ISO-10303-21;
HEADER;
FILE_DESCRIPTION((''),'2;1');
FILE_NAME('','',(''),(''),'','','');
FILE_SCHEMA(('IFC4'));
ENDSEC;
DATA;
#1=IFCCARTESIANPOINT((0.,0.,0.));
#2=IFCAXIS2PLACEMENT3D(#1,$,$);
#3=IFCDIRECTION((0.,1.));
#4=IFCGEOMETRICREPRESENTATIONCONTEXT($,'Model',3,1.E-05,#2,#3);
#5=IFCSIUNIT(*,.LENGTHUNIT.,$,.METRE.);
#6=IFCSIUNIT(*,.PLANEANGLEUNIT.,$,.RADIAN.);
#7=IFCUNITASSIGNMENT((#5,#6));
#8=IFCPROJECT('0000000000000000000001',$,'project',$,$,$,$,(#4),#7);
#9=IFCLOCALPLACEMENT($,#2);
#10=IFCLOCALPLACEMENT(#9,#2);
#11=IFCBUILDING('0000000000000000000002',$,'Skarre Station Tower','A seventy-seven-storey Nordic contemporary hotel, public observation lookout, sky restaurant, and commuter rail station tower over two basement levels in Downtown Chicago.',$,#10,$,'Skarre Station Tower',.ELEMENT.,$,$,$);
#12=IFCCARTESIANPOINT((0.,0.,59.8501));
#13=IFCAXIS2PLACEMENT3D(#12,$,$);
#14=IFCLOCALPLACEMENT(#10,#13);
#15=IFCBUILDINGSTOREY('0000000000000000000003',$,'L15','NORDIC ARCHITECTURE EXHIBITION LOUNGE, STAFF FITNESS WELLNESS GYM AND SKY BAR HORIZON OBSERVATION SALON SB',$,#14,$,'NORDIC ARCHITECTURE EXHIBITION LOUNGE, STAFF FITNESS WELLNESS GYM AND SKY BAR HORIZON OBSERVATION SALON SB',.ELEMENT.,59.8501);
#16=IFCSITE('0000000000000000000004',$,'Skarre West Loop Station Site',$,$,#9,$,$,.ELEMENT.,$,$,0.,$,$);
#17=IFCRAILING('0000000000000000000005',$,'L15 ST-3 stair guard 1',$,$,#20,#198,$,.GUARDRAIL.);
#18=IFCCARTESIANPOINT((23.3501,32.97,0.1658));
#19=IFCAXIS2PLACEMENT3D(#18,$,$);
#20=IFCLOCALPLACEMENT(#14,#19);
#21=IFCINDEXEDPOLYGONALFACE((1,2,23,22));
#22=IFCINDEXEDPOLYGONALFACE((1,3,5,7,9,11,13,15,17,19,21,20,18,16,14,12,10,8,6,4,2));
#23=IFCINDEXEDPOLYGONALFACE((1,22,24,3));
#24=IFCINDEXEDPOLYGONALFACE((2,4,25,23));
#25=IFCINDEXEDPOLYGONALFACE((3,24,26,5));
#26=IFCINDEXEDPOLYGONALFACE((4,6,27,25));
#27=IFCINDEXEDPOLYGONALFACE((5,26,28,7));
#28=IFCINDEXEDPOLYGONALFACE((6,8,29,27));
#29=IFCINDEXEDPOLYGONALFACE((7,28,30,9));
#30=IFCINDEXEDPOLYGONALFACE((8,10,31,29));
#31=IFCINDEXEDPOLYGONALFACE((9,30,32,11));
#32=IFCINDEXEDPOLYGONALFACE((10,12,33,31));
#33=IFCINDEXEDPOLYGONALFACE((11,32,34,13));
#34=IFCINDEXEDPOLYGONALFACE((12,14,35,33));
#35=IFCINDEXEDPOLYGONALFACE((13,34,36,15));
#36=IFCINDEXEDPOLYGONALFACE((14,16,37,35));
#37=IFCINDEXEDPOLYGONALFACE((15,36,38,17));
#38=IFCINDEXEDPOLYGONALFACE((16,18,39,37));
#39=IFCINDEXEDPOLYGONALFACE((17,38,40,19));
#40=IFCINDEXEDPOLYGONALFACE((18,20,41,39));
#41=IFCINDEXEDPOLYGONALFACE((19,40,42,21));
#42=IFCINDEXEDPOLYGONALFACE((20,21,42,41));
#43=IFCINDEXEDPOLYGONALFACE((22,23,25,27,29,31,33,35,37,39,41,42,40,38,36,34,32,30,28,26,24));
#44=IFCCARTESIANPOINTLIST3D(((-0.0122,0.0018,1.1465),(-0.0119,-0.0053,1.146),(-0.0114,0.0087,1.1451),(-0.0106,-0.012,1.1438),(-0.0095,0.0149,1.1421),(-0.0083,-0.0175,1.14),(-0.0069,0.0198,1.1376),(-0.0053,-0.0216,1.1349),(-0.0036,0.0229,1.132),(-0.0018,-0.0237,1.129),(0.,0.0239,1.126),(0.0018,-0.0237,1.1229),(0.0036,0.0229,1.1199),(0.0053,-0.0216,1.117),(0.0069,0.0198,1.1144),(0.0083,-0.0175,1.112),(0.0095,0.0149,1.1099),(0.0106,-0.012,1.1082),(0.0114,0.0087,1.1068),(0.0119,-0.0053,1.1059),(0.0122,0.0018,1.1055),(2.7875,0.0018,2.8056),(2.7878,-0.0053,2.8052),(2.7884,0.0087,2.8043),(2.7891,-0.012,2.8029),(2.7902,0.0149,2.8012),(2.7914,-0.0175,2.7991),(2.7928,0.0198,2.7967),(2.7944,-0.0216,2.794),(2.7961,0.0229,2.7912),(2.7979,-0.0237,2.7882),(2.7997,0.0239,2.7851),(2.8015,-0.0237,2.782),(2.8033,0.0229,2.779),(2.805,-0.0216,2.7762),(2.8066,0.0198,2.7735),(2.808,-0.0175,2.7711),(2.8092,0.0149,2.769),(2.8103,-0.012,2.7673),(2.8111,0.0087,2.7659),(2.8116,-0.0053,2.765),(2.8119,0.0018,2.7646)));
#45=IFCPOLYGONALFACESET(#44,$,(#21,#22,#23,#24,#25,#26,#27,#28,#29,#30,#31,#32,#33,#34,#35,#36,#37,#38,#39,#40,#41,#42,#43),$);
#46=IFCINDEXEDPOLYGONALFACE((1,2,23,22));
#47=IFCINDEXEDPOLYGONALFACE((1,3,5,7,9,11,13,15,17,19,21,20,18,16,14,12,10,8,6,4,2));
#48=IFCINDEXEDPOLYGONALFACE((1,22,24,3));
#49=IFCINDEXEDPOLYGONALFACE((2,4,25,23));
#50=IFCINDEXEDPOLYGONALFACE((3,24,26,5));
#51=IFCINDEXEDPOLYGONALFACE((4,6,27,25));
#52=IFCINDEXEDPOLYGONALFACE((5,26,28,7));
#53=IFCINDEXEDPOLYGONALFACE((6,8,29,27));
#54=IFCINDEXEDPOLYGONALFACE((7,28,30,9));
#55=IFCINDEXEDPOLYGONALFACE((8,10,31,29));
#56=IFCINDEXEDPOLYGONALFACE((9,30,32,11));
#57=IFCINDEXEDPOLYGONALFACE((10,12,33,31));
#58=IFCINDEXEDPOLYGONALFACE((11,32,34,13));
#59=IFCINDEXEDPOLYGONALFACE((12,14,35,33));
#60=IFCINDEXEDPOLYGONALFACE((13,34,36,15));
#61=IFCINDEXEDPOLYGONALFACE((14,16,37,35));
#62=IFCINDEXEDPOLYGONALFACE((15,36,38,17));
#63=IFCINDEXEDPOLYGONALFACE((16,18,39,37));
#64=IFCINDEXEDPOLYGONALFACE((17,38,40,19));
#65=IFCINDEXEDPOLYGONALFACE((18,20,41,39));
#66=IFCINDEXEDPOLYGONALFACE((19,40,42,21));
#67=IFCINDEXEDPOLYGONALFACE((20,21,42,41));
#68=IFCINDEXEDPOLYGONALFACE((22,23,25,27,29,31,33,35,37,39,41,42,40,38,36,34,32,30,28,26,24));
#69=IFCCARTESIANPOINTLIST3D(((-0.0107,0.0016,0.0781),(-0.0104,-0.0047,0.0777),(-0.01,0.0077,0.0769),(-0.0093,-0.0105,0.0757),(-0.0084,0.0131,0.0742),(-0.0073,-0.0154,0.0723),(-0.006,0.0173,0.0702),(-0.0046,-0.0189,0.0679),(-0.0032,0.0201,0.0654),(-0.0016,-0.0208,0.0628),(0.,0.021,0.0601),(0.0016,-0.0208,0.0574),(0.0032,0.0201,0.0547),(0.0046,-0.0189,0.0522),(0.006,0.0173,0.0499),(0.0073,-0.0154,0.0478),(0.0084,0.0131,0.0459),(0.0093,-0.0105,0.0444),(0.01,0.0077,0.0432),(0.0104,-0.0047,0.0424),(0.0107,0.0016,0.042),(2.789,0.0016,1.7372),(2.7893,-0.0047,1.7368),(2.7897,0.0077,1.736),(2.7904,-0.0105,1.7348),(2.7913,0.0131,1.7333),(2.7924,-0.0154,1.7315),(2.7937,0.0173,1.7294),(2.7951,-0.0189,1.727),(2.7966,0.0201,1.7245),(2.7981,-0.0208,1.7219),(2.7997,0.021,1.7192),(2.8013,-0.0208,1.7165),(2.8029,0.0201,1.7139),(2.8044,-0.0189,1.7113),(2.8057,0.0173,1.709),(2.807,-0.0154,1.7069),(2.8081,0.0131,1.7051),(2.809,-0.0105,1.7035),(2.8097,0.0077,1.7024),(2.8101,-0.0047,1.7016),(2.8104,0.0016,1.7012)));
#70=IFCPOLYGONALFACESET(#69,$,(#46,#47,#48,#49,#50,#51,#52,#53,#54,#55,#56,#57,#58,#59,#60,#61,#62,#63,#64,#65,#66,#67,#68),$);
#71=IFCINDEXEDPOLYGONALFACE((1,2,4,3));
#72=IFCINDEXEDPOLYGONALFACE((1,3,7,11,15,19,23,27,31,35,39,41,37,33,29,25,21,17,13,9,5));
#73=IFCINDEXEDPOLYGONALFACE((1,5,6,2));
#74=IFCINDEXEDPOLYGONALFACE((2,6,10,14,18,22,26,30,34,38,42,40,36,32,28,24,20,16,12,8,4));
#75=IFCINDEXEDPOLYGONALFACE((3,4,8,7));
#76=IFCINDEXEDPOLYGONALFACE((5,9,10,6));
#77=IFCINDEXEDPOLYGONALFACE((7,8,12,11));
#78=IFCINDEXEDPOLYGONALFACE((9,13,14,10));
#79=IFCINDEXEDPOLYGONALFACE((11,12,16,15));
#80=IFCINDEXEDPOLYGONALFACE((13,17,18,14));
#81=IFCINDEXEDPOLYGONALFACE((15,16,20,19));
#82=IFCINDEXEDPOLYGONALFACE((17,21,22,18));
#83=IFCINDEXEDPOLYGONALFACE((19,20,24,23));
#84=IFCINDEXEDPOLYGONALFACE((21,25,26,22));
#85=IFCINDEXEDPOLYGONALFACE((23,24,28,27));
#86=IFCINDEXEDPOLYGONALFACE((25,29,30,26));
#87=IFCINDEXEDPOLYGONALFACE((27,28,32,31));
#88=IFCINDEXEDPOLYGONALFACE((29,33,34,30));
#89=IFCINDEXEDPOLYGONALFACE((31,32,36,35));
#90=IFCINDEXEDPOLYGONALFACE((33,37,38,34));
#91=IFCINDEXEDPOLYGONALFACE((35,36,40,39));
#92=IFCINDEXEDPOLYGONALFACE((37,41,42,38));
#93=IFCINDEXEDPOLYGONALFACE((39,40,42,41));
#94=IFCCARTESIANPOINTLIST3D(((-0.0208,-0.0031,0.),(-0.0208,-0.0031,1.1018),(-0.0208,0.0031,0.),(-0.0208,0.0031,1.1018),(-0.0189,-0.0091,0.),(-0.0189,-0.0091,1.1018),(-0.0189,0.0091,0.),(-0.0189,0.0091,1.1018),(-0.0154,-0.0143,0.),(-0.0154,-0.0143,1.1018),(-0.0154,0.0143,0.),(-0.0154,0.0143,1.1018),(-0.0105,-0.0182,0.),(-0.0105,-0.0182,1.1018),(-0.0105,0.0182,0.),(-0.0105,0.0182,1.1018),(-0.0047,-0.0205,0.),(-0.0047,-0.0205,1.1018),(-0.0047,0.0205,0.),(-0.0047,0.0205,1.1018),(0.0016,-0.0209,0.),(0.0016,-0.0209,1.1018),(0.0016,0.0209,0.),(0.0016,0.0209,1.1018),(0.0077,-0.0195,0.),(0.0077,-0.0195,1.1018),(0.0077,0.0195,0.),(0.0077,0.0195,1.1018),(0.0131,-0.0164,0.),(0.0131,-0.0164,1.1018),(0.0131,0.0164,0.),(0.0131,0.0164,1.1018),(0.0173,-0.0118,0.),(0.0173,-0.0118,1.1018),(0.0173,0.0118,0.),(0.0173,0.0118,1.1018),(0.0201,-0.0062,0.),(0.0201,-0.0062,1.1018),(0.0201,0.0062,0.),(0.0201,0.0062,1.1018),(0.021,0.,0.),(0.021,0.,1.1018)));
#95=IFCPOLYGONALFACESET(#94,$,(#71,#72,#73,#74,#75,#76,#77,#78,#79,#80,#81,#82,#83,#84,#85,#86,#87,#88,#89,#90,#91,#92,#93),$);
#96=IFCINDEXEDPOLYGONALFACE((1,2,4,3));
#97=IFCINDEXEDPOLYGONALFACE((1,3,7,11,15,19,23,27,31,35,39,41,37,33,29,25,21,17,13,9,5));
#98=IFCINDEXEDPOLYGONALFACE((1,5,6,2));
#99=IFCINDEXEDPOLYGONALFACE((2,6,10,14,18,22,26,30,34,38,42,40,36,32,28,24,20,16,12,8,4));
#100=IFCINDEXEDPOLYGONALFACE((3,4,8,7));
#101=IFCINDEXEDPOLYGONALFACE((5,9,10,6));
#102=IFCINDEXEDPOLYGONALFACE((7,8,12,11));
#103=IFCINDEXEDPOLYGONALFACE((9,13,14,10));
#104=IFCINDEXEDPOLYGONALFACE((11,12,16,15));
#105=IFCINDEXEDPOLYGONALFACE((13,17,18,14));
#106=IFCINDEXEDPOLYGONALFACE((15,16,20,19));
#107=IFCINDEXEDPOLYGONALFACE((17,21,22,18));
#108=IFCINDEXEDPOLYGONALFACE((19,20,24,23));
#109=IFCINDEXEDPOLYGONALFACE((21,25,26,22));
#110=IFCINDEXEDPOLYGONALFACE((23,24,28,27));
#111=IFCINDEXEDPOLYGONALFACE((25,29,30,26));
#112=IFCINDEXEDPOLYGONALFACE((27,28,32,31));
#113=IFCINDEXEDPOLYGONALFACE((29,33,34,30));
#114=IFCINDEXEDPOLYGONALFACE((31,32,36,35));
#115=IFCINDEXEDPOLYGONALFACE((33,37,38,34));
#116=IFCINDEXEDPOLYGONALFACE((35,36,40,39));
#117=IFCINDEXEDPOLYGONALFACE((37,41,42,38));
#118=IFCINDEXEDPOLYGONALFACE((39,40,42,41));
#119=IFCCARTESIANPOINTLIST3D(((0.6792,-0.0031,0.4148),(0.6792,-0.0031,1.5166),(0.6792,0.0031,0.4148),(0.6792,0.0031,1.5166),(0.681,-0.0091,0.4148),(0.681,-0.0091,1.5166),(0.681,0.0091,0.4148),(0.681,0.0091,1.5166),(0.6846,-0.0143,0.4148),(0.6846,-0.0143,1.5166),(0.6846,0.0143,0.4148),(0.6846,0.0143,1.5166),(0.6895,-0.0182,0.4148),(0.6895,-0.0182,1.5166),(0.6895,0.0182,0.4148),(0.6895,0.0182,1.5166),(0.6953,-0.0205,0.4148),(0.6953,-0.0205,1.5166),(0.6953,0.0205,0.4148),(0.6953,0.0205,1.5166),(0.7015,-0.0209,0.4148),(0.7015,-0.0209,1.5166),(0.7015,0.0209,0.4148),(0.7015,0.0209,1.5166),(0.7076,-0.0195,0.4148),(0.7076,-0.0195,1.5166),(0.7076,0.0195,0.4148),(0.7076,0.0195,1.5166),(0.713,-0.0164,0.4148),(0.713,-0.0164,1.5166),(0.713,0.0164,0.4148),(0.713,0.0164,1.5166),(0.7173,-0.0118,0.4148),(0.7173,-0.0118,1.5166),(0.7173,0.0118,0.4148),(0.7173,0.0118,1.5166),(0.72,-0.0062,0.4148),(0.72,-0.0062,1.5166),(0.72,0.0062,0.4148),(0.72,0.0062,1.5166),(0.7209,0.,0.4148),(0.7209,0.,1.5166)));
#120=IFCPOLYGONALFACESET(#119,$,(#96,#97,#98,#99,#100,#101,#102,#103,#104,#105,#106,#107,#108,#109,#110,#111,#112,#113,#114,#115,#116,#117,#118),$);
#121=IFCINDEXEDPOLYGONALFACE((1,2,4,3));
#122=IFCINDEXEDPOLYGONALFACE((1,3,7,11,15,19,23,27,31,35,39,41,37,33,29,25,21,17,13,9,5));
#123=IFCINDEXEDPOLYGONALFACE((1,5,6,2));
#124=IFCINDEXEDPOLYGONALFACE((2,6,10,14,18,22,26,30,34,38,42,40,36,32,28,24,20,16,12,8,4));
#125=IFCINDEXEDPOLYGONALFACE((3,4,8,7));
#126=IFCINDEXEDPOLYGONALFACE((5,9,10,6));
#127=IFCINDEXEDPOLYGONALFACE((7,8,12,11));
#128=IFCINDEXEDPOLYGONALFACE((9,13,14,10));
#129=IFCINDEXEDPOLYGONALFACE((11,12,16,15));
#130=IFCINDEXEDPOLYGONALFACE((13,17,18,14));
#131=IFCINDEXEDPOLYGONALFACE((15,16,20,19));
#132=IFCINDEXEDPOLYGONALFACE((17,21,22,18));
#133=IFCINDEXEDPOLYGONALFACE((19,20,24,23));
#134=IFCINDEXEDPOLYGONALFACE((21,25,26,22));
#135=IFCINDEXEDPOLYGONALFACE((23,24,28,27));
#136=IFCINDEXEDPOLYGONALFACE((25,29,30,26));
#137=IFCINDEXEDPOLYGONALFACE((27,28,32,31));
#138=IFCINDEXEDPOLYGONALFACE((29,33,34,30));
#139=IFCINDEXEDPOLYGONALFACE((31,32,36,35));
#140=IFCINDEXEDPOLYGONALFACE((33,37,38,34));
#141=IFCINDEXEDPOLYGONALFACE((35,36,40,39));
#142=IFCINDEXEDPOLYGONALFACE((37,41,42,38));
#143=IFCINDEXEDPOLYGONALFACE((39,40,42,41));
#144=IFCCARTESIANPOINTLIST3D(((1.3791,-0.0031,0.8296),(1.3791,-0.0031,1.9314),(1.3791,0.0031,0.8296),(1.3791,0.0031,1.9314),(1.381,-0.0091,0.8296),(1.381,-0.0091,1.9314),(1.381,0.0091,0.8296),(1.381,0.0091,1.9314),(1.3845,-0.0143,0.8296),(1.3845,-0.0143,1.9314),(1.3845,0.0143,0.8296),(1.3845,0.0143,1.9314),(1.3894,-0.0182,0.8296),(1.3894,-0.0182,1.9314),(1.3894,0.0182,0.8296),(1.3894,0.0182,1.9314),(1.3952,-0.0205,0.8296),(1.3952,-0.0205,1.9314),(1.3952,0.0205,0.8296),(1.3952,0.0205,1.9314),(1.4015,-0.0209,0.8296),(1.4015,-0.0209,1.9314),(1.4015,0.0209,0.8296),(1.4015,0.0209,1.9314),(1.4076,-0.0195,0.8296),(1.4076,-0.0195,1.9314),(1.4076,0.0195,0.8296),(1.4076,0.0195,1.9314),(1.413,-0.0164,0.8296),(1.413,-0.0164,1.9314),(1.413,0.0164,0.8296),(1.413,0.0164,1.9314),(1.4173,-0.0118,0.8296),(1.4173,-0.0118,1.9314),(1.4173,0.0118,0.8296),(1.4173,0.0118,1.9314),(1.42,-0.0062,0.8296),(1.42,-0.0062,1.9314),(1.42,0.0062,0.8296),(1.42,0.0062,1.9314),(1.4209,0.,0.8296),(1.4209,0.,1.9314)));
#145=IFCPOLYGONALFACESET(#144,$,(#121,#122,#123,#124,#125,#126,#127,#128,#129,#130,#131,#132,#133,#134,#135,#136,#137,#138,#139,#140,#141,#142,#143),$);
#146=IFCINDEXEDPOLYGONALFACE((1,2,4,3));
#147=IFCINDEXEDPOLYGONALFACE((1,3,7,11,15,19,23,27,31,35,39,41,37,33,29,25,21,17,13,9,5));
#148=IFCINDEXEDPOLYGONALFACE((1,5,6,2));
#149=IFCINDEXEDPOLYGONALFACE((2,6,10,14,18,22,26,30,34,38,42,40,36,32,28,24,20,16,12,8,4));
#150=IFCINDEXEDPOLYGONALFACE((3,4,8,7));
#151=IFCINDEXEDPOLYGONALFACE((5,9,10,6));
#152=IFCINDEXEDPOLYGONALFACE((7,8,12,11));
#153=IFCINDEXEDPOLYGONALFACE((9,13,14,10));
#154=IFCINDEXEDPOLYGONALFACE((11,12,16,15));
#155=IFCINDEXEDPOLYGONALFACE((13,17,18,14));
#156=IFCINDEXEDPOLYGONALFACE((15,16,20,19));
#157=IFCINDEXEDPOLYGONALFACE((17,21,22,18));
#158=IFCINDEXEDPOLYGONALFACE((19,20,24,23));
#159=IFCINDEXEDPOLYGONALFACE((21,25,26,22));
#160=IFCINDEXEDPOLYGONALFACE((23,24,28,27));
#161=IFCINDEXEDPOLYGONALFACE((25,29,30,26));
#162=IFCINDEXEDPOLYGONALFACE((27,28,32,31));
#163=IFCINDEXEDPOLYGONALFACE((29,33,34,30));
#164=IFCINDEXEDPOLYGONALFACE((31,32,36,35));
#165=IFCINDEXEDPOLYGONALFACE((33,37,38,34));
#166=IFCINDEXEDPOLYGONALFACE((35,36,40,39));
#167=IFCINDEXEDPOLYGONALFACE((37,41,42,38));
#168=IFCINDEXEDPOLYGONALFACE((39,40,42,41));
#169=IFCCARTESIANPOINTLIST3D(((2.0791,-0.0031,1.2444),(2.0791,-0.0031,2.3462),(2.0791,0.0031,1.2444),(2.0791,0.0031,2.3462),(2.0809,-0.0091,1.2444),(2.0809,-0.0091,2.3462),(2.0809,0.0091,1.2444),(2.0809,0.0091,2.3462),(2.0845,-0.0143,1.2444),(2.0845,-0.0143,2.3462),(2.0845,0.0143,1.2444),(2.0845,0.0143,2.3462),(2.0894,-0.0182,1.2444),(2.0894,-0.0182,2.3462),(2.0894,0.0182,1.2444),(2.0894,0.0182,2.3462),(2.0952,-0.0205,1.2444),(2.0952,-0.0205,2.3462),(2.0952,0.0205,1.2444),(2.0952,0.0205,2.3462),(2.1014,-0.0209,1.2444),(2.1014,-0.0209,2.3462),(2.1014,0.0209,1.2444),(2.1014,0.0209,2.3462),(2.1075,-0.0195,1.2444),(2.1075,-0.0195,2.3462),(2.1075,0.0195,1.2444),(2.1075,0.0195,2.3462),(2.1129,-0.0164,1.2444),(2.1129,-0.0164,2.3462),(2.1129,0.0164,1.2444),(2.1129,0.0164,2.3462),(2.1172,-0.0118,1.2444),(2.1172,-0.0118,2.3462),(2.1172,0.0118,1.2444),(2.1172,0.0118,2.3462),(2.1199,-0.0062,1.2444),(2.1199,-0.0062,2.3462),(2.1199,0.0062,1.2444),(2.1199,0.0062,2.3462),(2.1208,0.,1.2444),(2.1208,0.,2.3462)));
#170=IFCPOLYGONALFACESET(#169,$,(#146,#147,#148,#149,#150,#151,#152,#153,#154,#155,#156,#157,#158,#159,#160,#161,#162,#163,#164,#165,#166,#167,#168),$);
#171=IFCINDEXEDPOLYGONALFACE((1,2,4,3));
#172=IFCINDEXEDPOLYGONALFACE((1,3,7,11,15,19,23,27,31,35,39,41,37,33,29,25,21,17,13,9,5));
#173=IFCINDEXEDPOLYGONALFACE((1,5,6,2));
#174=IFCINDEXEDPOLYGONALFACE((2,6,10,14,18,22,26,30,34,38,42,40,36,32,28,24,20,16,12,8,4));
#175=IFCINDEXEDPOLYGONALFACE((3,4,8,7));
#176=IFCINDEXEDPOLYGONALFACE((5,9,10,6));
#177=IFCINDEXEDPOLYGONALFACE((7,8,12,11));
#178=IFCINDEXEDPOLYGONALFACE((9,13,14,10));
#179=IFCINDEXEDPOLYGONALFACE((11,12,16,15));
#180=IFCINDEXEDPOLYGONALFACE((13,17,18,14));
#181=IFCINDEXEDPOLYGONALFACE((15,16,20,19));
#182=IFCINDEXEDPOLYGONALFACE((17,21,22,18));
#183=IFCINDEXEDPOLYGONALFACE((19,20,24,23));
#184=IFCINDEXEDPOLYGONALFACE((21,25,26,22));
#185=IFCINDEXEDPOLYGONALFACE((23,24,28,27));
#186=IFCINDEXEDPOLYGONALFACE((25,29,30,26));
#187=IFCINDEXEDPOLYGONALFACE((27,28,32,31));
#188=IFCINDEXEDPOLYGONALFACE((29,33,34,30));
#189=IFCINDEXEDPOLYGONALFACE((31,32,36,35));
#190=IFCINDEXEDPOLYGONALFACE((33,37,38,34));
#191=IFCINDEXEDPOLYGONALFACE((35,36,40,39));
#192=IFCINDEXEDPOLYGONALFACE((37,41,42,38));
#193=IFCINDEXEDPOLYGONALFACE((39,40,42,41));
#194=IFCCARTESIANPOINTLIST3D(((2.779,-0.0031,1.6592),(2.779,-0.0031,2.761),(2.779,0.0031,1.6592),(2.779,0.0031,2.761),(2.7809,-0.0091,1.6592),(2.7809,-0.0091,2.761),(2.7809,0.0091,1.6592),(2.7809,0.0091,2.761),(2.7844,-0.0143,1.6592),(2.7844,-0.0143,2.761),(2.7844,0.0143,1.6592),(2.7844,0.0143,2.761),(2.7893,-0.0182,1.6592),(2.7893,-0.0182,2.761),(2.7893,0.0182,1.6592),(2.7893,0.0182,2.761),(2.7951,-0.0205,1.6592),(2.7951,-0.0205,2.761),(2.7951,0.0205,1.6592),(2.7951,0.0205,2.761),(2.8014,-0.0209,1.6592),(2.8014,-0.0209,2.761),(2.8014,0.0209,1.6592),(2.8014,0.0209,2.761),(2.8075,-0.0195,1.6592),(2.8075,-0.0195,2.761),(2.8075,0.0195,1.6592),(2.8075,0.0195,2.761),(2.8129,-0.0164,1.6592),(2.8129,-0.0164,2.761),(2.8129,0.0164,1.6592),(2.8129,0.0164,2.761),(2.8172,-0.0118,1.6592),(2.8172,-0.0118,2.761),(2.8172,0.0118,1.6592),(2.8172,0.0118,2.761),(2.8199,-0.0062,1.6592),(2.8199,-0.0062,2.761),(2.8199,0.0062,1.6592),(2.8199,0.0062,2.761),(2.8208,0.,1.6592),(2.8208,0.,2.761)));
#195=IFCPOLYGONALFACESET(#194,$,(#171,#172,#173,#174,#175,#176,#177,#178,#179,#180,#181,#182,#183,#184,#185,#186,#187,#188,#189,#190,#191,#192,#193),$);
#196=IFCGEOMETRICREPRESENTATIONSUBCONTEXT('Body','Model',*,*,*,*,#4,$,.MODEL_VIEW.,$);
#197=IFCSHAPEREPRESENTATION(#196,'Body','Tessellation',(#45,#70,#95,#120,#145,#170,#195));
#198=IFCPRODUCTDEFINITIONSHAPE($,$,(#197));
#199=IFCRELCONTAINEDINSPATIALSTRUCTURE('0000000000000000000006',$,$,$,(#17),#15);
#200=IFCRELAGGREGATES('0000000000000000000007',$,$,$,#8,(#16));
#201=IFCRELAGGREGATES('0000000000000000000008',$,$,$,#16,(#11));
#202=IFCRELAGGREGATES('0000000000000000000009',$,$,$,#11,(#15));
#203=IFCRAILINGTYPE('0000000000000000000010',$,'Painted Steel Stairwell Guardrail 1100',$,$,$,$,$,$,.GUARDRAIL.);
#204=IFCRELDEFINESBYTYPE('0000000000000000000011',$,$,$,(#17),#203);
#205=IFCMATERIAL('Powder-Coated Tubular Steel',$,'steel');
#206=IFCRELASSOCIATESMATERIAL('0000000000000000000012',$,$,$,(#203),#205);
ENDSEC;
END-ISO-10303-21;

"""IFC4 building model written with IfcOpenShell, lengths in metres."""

from ifc_helpers import new_model, si_unit, direction, frame, origin, origin_2d, place, context, subcontext, project, spatial, circle, extrude, material, type_object, element, save


model = new_model("IFC4")

# Units and contexts
model_context = context("Model", 3, precision=1e-05, world=origin(), true_north=direction((0.0, 1.0)))
body_context = subcontext(model_context, "Body", "Model", "MODEL_VIEW")
ifc_project = project(units=[si_unit("LENGTHUNIT", "METRE"), si_unit("PLANEANGLEUNIT", "RADIAN")], contexts=[model_context])

# Site, building, storey
site_placement = place(None, origin())
site = spatial("IfcSite", under=ifc_project, at=site_placement, Name="Skarre West Loop Station Site", CompositionType="ELEMENT", RefElevation=0.0)
building_placement = place(site_placement, origin())
building = spatial("IfcBuilding", under=site, at=building_placement, Name="Skarre Station Tower", Description="A seventy-seven-storey Nordic contemporary hotel, public observation lookout, sky restaurant, and commuter rail station tower over two basement levels in Downtown Chicago.", LongName="Skarre Station Tower", CompositionType="ELEMENT")
storey_placement = place(building_placement, frame((0.0, 0.0, 59.8501)))
storey = spatial("IfcBuildingStorey", under=building, at=storey_placement, Name="L15", Description="NORDIC ARCHITECTURE EXHIBITION LOUNGE, STAFF FITNESS WELLNESS GYM AND SKY BAR HORIZON OBSERVATION SALON SB", LongName="NORDIC ARCHITECTURE EXHIBITION LOUNGE, STAFF FITNESS WELLNESS GYM AND SKY BAR HORIZON OBSERVATION SALON SB", CompositionType="ELEMENT", Elevation=59.8501)

# Railing
ifc_material_1 = material(Name="Powder-Coated Tubular Steel", Category="steel")
railing_type_1 = type_object("IfcRailingType", Name="Painted Steel Stairwell Guardrail 1100", PredefinedType="GUARDRAIL", material=ifc_material_1)
railing_1_placement = place(storey_placement, frame((23.3501, 32.97, 0.1658)))
element("IfcRailing", 1, at=railing_1_placement, inside=storey, type_object=railing_type_1, Name="L15 ST-3 stair guard 1", PredefinedType="GUARDRAIL", context=body_context, shape_type="SweptSolid", body=[
    extrude(circle(Radius=0.0239, at=origin_2d()), frame((0.0, 0.0, 1.126), z_axis=(0.860287, 0.0, 0.509811), x_axis=(0.0, 1.0, 0.0)), (0.0, 0.0, 1.0), 3.2544),
    extrude(circle(Radius=0.021, at=origin_2d()), frame((0.0, 0.0, 0.0601), z_axis=(0.860287, 0.0, 0.509811), x_axis=(0.0, 1.0, 0.0)), (0.0, 0.0, 1.0), 3.2544),
    extrude(circle(Radius=0.021, at=origin_2d()), origin(), (0.0, 0.0, 1.0), 1.1018),
    extrude(circle(Radius=0.021, at=origin_2d()), frame((0.7, 0.0, 0.4148)), (0.0, 0.0, 1.0), 1.1018),
    extrude(circle(Radius=0.021, at=origin_2d()), frame((1.3999, 0.0, 0.8296)), (0.0, 0.0, 1.0), 1.1018),
    extrude(circle(Radius=0.021, at=origin_2d()), frame((2.0999, 0.0, 1.2444)), (0.0, 0.0, 1.0), 1.1018),
    extrude(circle(Radius=0.021, at=origin_2d()), frame((2.7998, 0.0, 1.6592)), (0.0, 0.0, 1.0), 1.1018),
])

save(model, "model.ifc")
